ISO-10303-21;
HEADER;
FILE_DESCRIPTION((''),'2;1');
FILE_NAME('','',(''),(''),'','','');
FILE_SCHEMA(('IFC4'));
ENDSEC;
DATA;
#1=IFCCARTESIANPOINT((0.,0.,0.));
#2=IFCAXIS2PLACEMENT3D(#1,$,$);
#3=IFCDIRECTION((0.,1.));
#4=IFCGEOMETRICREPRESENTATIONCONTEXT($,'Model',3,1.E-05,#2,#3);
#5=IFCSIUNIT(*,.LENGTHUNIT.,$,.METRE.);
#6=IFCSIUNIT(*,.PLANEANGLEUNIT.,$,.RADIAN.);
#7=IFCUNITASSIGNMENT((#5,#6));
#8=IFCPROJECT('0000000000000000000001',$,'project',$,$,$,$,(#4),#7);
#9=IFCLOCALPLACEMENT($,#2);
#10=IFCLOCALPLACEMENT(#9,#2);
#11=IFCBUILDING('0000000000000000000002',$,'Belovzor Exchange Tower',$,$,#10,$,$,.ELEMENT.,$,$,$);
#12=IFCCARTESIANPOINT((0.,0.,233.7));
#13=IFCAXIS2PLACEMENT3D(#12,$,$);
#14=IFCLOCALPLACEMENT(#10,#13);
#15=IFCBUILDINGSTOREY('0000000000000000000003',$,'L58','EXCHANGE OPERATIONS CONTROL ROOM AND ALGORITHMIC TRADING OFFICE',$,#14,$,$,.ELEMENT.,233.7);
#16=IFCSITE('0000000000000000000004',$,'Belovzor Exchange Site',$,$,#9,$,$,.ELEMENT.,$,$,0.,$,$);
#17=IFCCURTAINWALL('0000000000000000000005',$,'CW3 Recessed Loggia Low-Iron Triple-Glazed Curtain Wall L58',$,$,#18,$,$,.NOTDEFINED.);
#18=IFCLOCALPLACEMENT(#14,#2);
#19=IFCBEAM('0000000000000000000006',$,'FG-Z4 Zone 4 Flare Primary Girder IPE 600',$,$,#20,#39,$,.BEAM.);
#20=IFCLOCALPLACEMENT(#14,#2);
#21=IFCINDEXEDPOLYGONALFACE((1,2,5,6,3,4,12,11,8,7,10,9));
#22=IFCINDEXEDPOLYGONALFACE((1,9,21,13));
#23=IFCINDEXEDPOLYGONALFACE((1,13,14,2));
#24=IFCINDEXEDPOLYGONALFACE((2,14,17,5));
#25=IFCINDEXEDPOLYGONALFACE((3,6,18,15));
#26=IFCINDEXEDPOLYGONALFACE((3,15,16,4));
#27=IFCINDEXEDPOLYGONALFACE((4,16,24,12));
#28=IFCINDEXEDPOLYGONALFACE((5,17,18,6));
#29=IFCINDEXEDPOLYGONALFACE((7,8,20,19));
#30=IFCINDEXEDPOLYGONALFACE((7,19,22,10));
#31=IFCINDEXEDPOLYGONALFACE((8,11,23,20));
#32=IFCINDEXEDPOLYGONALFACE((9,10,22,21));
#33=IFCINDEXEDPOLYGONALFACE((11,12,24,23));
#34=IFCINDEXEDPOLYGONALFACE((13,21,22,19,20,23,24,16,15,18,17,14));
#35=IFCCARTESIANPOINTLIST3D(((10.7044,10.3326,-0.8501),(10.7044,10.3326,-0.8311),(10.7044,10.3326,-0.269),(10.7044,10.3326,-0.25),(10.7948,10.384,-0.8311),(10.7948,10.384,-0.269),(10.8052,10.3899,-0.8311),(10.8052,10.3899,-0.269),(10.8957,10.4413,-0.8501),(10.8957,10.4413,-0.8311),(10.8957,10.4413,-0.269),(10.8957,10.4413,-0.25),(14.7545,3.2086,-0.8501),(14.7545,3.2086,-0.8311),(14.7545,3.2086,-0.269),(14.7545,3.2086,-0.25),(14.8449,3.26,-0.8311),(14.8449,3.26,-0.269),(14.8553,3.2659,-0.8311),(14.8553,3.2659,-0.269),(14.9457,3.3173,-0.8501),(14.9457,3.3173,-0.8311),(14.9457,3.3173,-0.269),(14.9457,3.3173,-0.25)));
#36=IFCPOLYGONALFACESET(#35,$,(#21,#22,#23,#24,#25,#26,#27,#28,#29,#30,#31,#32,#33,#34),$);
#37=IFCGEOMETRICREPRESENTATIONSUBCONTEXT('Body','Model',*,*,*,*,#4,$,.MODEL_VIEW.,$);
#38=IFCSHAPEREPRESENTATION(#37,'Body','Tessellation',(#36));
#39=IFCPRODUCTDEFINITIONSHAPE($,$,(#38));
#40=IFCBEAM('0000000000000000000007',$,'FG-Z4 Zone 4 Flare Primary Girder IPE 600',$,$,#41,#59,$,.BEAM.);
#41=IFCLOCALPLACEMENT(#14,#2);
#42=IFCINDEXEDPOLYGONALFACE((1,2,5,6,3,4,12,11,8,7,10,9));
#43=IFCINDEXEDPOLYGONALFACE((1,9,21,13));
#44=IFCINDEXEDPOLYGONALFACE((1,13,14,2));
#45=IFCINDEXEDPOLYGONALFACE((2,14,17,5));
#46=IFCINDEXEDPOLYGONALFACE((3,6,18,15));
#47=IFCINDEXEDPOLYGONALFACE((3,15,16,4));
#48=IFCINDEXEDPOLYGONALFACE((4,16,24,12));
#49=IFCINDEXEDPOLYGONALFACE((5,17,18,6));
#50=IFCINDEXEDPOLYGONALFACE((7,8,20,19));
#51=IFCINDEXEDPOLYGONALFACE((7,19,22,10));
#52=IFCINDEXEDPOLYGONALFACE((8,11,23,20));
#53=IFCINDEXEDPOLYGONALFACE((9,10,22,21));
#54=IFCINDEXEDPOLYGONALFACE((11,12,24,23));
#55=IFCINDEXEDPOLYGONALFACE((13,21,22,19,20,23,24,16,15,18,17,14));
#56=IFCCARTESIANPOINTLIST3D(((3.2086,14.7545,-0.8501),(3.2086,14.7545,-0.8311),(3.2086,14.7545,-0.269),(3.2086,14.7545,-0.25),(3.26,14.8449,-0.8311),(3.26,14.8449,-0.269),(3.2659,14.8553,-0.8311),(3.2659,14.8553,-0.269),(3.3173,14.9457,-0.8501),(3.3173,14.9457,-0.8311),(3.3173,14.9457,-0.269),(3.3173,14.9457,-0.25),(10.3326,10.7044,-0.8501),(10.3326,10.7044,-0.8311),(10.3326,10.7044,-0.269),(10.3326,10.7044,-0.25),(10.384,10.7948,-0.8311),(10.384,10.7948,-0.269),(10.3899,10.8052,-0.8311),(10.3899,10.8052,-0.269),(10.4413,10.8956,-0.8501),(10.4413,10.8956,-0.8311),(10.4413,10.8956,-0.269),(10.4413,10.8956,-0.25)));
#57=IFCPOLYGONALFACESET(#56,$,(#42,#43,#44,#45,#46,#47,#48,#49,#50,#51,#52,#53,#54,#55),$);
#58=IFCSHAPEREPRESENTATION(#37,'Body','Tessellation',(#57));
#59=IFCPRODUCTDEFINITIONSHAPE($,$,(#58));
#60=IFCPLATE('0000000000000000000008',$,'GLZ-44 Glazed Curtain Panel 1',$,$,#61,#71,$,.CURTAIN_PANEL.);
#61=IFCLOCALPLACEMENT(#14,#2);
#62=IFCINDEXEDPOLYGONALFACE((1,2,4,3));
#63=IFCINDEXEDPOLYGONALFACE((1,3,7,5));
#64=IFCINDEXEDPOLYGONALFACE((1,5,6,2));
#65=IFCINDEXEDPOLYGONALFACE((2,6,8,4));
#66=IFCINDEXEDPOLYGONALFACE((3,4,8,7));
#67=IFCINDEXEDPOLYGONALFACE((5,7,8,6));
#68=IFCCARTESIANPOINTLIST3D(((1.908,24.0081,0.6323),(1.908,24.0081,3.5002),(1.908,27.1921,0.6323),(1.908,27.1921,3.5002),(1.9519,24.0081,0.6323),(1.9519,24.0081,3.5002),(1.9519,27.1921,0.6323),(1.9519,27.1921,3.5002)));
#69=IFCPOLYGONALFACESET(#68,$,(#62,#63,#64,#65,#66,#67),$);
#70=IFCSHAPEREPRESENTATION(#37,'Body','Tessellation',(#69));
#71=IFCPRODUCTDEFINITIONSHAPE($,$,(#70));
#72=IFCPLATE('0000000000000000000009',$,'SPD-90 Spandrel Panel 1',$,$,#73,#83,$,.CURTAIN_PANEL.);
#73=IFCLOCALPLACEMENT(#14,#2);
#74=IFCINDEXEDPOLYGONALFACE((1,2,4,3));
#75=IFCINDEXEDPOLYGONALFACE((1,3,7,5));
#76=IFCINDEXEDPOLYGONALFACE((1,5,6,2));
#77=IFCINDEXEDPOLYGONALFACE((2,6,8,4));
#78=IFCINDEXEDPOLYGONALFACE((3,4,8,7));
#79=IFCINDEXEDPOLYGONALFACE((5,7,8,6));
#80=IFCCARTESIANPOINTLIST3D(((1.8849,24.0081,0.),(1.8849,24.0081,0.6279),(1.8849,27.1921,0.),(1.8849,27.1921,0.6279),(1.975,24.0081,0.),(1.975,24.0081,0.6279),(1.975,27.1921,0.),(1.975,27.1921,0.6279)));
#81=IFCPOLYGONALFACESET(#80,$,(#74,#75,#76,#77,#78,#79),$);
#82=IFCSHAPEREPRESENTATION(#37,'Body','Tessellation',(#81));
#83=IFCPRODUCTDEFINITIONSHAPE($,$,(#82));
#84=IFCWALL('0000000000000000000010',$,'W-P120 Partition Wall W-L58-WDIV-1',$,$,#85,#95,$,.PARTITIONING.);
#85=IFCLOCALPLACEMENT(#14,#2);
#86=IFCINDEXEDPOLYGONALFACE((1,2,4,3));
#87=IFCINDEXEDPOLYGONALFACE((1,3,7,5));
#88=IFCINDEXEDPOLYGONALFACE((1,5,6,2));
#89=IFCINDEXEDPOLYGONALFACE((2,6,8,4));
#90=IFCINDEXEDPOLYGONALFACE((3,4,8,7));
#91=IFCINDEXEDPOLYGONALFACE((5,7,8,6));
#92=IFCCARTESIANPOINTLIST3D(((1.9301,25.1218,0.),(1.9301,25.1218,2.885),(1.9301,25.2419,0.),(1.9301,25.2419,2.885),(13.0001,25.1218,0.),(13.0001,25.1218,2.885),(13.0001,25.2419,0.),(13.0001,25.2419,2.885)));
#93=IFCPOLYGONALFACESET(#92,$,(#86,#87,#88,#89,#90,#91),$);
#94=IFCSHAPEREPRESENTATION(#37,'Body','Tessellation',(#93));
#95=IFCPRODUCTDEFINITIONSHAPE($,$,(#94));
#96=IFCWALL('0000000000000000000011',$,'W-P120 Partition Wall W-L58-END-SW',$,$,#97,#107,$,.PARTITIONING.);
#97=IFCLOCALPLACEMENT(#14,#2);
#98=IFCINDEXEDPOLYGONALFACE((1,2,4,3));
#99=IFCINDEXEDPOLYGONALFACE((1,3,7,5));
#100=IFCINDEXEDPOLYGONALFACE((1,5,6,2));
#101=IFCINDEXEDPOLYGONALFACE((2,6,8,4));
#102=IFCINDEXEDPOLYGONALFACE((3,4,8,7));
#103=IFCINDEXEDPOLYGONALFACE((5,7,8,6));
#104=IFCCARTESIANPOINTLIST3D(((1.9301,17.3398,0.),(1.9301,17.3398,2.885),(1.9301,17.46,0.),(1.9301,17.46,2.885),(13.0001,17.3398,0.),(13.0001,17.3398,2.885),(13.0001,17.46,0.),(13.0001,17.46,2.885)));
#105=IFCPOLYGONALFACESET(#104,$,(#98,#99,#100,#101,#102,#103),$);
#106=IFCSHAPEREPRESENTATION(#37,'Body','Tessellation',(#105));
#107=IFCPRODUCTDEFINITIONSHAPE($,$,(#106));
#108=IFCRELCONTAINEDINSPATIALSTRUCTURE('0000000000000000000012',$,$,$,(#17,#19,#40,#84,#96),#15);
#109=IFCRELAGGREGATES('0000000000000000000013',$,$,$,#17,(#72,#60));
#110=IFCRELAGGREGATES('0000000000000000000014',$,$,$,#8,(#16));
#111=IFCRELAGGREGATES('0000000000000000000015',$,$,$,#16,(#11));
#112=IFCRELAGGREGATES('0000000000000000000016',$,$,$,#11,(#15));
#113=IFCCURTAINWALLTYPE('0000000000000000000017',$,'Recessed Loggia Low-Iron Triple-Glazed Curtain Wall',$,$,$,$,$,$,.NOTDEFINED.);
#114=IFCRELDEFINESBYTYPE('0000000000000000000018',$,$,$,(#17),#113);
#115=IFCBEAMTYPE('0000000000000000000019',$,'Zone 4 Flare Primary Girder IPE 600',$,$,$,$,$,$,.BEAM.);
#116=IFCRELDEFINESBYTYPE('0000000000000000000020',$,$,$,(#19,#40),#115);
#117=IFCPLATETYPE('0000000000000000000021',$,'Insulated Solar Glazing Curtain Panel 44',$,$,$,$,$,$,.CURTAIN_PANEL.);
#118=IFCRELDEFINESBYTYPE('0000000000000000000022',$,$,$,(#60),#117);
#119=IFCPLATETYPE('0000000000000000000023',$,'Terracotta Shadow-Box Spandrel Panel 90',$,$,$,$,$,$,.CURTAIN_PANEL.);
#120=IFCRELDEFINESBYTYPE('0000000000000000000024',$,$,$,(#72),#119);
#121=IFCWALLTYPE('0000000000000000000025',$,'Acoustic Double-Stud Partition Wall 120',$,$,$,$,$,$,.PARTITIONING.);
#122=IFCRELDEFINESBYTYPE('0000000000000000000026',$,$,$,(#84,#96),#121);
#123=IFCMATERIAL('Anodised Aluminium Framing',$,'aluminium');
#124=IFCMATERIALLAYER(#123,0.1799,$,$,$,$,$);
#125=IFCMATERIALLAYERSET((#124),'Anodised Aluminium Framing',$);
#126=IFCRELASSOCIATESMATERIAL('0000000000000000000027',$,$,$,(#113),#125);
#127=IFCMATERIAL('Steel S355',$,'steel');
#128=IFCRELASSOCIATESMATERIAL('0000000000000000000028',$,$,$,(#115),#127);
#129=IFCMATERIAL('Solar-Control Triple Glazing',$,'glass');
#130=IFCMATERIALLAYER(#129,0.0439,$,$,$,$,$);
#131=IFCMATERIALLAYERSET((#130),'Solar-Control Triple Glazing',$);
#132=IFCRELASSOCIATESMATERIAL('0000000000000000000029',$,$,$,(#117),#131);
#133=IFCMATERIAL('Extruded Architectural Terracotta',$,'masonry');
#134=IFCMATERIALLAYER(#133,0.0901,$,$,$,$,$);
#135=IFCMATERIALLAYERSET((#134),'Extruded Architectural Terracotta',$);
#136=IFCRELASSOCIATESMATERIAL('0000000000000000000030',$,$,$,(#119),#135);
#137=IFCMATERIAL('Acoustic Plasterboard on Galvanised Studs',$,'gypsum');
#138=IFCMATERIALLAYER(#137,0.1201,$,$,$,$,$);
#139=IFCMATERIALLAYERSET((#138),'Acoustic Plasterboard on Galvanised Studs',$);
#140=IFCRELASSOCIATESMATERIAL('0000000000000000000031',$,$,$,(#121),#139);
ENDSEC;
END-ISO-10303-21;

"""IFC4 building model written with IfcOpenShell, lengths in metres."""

from ifc_helpers import new_model, si_unit, direction, frame, frame_2d, origin, origin_2d, place, context, subcontext, project, spatial, rectangle, i_section, extrude, material, layer, layer_set, material_profile, profile_set, type_object, element, aggregate, save


model = new_model("IFC4")

# Units and contexts
model_context = context("Model", 3, precision=1e-05, world=origin(), true_north=direction((0.0, 1.0)))
body_context = subcontext(model_context, "Body", "Model", "MODEL_VIEW")
ifc_project = project(units=[si_unit("LENGTHUNIT", "METRE"), si_unit("PLANEANGLEUNIT", "RADIAN")], contexts=[model_context])

# Site, building, storey
site_placement = place(None, origin())
site = spatial("IfcSite", under=ifc_project, at=site_placement, Name="Belovzor Exchange Site", CompositionType="ELEMENT", RefElevation=0.0)
building_placement = place(site_placement, origin())
building = spatial("IfcBuilding", under=site, at=building_placement, Name="Belovzor Exchange Tower", CompositionType="ELEMENT")
storey_placement = place(building_placement, frame((0.0, 0.0, 233.7)))
storey = spatial("IfcBuildingStorey", under=building, at=storey_placement, Name="L58", Description="EXCHANGE OPERATIONS CONTROL ROOM AND ALGORITHMIC TRADING OFFICE", CompositionType="ELEMENT", Elevation=233.7)

# Curtain wall
ifc_material_1 = material(Name="Anodised Aluminium Framing", Category="aluminium")
ifc_layer_1 = layer(ifc_material_1, 0.1799)
ifc_layer_set_1 = layer_set([ifc_layer_1], Name="Anodised Aluminium Framing")
curtain_wall_type = type_object("IfcCurtainWallType", Name="Recessed Loggia Low-Iron Triple-Glazed Curtain Wall", PredefinedType="NOTDEFINED", material=ifc_layer_set_1)
curtain_wall_placement = place(storey_placement, origin())
curtain_wall = element("IfcCurtainWall", 1, at=curtain_wall_placement, inside=storey, type_object=curtain_wall_type, Name="CW3 Recessed Loggia Low-Iron Triple-Glazed Curtain Wall L58", PredefinedType="NOTDEFINED")

# Beams
ifc_material_2 = material(Name="Steel S355", Category="steel")
ifc_material_profile_1 = material_profile(ifc_material_2, i_section(OverallWidth=0.22, OverallDepth=0.6001, WebThickness=0.012, FlangeThickness=0.019, at=origin_2d()))
ifc_profile_set_1 = profile_set([ifc_material_profile_1], Name="Steel S355")
beam_type_1 = type_object("IfcBeamType", Name="Zone 4 Flare Primary Girder IPE 600", PredefinedType="BEAM", material=ifc_profile_set_1)
for number, where, z_axis, x_axis, name in (
    (2, (10.8, 10.387, -0.55), (0.494222, -0.869336, 0.0), (0.869336, 0.494222, 0.0), "FG-Z4 Zone 4 Flare Primary Girder IPE 600"),
    (3, (3.2629, 14.8501, -0.55), (0.869336, -0.494222, 0.0), (0.494222, 0.869336, 0.0), "FG-Z4 Zone 4 Flare Primary Girder IPE 600"),
):
    element("IfcBeam", number, at=place(storey_placement, frame(where, z_axis=z_axis, x_axis=x_axis)), inside=storey, type_object=beam_type_1, Name=name, PredefinedType="BEAM", context=body_context, shape_type="SweptSolid", body=[
        extrude(i_section(OverallWidth=0.22, OverallDepth=0.6001, WebThickness=0.012, FlangeThickness=0.019, at=origin_2d()), origin(), (0.0, 0.0, 1.0), 8.1948),
    ])

# Plates
ifc_material_3 = material(Name="Solar-Control Triple Glazing", Category="glass")
ifc_layer_2 = layer(ifc_material_3, 0.0439)
ifc_layer_set_2 = layer_set([ifc_layer_2], Name="Solar-Control Triple Glazing")
plate_type_1 = type_object("IfcPlateType", Name="Insulated Solar Glazing Curtain Panel 44", PredefinedType="CURTAIN_PANEL", material=ifc_layer_set_2)
plate_1_placement = place(storey_placement, frame((1.9299, 25.6001, 0.6323), z_axis=(0.0, 0.0, 1.0), x_axis=(0.0, 1.0, 0.0)))
plate_1 = element("IfcPlate", 4, at=plate_1_placement, type_object=plate_type_1, Name="GLZ-44 Glazed Curtain Panel 1", PredefinedType="CURTAIN_PANEL", context=body_context, shape_type="SweptSolid", body=[
    extrude(rectangle(XDim=3.1841, YDim=0.0439, at=origin_2d()), origin(), (0.0, 0.0, 1.0), 2.8679),
])
ifc_material_4 = material(Name="Extruded Architectural Terracotta", Category="masonry")
ifc_layer_3 = layer(ifc_material_4, 0.0901)
ifc_layer_set_3 = layer_set([ifc_layer_3], Name="Extruded Architectural Terracotta")
plate_type_2 = type_object("IfcPlateType", Name="Terracotta Shadow-Box Spandrel Panel 90", PredefinedType="CURTAIN_PANEL", material=ifc_layer_set_3)
plate_2_placement = place(storey_placement, frame((1.9299, 25.6001, 0.0), z_axis=(0.0, 0.0, 1.0), x_axis=(0.0, 1.0, 0.0)))
plate_2 = element("IfcPlate", 5, at=plate_2_placement, type_object=plate_type_2, Name="SPD-90 Spandrel Panel 1", PredefinedType="CURTAIN_PANEL", context=body_context, shape_type="SweptSolid", body=[
    extrude(rectangle(XDim=3.1841, YDim=0.0901, at=origin_2d()), origin(), (0.0, 0.0, 1.0), 0.6279),
])
aggregate(curtain_wall, [plate_2, plate_1])

# Walls
ifc_material_5 = material(Name="Acoustic Plasterboard on Galvanised Studs", Category="gypsum")
ifc_layer_4 = layer(ifc_material_5, 0.1201)
ifc_layer_set_4 = layer_set([ifc_layer_4], Name="Acoustic Plasterboard on Galvanised Studs")
wall_type_1 = type_object("IfcWallType", Name="Acoustic Double-Stud Partition Wall 120", PredefinedType="PARTITIONING", material=ifc_layer_set_4)
for number, where, z_axis, x_axis, name in (
    (6, (1.9299, 25.1819, 0.0), (0.0, 0.0, 1.0), (1.0, 0.0, 0.0), "W-P120 Partition Wall W-L58-WDIV-1"),
    (7, (1.9299, 17.3999, 0.0), (0.0, 0.0, 1.0), (1.0, 0.0, 0.0), "W-P120 Partition Wall W-L58-END-SW"),
):
    element("IfcWall", number, at=place(storey_placement, frame(where, z_axis=z_axis, x_axis=x_axis)), inside=storey, type_object=wall_type_1, Name=name, PredefinedType="PARTITIONING", context=body_context, shape_type="SweptSolid", body=[
        extrude(rectangle(XDim=11.0701, YDim=0.1201, at=frame_2d((5.5352, 0.0))), origin(), (0.0, 0.0, 1.0), 2.885),
    ])

save(model, "model.ifc")
